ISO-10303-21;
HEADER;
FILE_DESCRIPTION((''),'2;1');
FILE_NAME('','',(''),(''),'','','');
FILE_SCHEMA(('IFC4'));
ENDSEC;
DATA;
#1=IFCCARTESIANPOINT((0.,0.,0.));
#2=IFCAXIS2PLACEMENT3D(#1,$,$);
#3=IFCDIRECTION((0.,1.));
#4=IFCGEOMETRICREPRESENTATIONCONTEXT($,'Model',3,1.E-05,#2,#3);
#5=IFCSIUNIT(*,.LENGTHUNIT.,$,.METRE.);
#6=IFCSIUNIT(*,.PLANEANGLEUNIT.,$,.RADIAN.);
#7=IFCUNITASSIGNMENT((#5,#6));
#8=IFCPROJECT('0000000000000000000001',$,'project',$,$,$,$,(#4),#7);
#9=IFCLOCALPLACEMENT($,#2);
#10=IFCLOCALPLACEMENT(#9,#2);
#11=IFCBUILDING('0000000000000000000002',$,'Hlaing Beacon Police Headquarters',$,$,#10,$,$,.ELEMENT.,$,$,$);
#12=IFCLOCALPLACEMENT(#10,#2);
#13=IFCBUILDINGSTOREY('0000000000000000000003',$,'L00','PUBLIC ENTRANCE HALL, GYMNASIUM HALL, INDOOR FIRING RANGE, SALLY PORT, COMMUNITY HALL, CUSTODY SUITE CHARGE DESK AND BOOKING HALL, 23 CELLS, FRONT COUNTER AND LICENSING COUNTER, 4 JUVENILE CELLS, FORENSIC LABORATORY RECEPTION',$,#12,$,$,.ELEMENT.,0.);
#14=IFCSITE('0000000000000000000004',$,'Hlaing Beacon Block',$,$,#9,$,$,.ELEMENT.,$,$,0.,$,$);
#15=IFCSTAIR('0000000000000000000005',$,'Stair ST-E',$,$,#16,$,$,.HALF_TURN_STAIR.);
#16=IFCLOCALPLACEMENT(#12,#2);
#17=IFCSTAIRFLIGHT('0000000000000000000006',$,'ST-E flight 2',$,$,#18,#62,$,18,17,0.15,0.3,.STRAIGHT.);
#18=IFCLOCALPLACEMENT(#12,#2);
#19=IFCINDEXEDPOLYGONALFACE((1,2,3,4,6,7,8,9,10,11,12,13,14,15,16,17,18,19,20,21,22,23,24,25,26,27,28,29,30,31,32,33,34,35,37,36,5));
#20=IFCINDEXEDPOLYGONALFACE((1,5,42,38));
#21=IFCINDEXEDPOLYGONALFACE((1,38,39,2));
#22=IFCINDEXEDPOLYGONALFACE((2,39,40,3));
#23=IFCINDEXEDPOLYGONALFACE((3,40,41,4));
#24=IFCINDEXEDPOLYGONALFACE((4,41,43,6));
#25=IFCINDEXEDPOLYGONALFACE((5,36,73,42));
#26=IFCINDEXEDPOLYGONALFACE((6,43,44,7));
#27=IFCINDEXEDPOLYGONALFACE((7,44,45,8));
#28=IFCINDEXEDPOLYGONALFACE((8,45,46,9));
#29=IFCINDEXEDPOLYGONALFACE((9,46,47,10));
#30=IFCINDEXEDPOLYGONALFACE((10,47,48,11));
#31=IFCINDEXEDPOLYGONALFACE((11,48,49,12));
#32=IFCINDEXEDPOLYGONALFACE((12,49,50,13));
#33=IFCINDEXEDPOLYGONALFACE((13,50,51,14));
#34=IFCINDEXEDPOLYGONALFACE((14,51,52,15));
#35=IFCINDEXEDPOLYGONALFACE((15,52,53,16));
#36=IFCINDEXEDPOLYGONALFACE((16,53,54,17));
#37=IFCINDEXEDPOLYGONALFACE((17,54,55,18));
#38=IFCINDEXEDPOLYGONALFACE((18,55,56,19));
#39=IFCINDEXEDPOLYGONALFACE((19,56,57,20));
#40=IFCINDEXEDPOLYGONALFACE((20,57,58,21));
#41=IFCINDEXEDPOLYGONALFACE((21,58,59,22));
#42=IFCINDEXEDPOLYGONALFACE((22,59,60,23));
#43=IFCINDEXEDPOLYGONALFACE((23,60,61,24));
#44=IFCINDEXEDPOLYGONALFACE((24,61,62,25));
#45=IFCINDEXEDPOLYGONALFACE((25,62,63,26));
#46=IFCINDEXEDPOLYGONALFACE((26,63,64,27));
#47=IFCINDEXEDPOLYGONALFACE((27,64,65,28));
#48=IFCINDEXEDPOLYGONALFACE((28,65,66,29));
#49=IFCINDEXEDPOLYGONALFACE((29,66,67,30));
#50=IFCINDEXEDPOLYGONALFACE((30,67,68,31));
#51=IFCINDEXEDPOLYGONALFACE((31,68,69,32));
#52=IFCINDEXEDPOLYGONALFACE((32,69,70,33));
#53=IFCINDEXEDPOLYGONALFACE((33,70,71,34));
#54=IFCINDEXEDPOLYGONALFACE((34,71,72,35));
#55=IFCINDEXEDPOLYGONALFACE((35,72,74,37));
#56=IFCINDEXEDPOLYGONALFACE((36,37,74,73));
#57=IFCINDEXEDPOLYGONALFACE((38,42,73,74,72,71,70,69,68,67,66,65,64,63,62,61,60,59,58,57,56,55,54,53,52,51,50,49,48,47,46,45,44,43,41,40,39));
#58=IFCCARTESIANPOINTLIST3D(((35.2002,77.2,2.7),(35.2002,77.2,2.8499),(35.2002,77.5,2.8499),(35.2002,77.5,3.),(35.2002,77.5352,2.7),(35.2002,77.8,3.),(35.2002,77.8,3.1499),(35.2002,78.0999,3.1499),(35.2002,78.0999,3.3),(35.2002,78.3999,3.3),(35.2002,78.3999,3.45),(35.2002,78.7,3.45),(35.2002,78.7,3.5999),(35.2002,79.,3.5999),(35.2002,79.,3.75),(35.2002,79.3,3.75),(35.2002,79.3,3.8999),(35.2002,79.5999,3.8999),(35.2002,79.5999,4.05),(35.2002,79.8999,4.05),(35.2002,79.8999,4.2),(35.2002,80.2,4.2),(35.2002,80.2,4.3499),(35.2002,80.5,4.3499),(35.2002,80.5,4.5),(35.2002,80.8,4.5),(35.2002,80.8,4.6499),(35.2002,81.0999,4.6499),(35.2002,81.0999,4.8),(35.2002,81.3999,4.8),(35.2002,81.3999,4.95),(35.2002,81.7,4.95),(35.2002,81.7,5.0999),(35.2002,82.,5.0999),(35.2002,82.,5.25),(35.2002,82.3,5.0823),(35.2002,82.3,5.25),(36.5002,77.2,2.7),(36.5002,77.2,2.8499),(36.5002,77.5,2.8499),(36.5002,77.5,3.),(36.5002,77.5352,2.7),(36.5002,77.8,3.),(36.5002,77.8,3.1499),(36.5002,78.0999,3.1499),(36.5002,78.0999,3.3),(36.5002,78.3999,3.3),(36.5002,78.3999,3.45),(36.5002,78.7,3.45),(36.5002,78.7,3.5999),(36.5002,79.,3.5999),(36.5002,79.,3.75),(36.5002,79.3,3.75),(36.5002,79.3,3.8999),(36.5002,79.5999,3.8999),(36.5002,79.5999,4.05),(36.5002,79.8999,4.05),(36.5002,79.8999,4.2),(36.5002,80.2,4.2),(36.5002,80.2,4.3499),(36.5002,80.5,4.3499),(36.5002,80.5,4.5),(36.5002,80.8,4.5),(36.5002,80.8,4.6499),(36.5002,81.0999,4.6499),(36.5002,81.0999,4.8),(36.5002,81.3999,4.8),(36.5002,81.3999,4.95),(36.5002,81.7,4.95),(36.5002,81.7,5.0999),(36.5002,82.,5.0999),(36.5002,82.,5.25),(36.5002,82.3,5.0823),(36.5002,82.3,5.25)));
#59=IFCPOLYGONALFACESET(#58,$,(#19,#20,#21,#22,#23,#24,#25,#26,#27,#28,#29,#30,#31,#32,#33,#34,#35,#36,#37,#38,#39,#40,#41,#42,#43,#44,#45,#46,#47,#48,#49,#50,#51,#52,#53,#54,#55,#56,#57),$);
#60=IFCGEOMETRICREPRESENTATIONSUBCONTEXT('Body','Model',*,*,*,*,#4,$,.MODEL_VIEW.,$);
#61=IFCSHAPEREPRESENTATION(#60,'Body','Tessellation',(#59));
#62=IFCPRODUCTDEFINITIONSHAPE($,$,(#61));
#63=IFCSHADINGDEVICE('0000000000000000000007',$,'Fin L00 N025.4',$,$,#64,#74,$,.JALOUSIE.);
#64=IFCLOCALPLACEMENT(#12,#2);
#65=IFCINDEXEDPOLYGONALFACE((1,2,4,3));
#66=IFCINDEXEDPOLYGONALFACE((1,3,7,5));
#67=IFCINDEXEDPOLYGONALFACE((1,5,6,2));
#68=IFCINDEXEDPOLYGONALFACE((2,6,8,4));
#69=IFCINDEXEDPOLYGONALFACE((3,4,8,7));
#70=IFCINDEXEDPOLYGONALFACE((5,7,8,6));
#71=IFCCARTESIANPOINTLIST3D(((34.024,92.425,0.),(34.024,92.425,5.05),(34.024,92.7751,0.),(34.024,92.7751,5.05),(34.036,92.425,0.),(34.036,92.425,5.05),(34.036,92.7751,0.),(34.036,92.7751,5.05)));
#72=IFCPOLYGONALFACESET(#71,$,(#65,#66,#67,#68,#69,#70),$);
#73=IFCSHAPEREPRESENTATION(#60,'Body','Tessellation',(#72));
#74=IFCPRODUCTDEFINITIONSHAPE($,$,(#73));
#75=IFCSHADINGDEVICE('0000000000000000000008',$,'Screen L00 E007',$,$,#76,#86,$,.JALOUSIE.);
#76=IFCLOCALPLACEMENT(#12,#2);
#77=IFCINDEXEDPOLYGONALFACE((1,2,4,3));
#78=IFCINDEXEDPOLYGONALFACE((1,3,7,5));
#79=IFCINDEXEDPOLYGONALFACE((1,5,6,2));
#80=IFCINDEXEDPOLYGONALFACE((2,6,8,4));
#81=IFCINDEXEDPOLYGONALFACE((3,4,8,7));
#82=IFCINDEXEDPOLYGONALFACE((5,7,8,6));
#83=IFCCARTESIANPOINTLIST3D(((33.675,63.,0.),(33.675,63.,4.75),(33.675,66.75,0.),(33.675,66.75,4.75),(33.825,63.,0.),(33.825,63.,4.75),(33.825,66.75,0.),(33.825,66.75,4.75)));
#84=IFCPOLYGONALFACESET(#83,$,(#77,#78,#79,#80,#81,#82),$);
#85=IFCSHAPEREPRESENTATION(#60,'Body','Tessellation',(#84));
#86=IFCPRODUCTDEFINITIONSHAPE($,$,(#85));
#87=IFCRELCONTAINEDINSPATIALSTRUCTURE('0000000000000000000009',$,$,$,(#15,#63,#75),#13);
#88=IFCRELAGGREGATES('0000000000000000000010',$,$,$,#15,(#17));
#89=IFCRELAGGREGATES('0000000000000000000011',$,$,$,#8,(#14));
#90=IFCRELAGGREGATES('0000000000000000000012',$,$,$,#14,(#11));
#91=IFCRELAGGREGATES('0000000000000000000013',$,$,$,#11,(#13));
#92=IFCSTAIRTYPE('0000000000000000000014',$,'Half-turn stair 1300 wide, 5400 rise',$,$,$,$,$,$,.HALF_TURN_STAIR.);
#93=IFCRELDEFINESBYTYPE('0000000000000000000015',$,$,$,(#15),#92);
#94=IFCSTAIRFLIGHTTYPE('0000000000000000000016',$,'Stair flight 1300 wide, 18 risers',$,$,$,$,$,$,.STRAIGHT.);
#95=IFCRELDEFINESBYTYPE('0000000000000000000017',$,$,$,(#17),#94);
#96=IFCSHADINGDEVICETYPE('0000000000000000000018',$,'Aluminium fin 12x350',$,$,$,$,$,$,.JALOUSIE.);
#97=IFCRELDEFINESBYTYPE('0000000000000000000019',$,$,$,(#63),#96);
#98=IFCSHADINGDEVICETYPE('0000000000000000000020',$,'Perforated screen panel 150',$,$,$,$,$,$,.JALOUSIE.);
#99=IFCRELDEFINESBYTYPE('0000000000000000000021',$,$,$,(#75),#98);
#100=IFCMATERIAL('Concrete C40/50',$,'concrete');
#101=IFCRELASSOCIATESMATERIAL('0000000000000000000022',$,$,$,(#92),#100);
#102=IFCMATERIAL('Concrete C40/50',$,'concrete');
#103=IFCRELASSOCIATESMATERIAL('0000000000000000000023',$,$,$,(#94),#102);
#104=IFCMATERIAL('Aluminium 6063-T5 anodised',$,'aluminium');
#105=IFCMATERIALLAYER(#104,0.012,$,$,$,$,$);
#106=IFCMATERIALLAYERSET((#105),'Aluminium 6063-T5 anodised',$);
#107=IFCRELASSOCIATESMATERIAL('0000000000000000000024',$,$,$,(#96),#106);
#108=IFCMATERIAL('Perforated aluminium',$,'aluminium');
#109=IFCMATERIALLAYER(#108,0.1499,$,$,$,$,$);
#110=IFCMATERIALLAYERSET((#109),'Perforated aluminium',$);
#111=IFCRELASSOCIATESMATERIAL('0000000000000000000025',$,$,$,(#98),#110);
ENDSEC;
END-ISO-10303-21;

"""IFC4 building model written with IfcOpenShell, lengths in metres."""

from ifc_helpers import new_model, si_unit, direction, frame, origin, origin_2d, place, context, subcontext, project, spatial, polyline, rectangle, outline, extrude, material, layer, layer_set, type_object, element, aggregate, save


model = new_model("IFC4")

# Units and contexts
model_context = context("Model", 3, precision=1e-05, world=origin(), true_north=direction((0.0, 1.0)))
body_context = subcontext(model_context, "Body", "Model", "MODEL_VIEW")
ifc_project = project(units=[si_unit("LENGTHUNIT", "METRE"), si_unit("PLANEANGLEUNIT", "RADIAN")], contexts=[model_context])

# Site, building, storey
site_placement = place(None, origin())
site = spatial("IfcSite", under=ifc_project, at=site_placement, Name="Hlaing Beacon Block", CompositionType="ELEMENT", RefElevation=0.0)
building_placement = place(site_placement, origin())
building = spatial("IfcBuilding", under=site, at=building_placement, Name="Hlaing Beacon Police Headquarters", CompositionType="ELEMENT")
storey_placement = place(building_placement, origin())
storey = spatial("IfcBuildingStorey", under=building, at=storey_placement, Name="L00", Description="PUBLIC ENTRANCE HALL, GYMNASIUM HALL, INDOOR FIRING RANGE, SALLY PORT, COMMUNITY HALL, CUSTODY SUITE CHARGE DESK AND BOOKING HALL, 23 CELLS, FRONT COUNTER AND LICENSING COUNTER, 4 JUVENILE CELLS, FORENSIC LABORATORY RECEPTION", CompositionType="ELEMENT", Elevation=0.0)

# Stair, stair flight
ifc_material_1 = material(Name="Concrete C40/50", Category="concrete")
stair_type = type_object("IfcStairType", Name="Half-turn stair 1300 wide, 5400 rise", PredefinedType="HALF_TURN_STAIR", material=ifc_material_1)
stair_placement = place(storey_placement, origin())
stair = element("IfcStair", 1, at=stair_placement, inside=storey, type_object=stair_type, Name="Stair ST-E", PredefinedType="HALF_TURN_STAIR")
ifc_material_2 = material(Name="Concrete C40/50", Category="concrete")
stair_flight_type = type_object("IfcStairFlightType", Name="Stair flight 1300 wide, 18 risers", PredefinedType="STRAIGHT", material=ifc_material_2)
stair_flight_1_placement = place(storey_placement, frame((35.8501, 77.2, 2.7), z_axis=(0.0, 0.0, 1.0), x_axis=(0.0, 1.0, 0.0)))
stair_flight_1 = element("IfcStairFlight", 2, at=stair_flight_1_placement, type_object=stair_flight_type, Name="ST-E flight 2", NumberOfRisers=18, NumberOfTreads=17, PredefinedType="STRAIGHT", RiserHeight=0.15, TreadLength=0.3, context=body_context, shape_type="SweptSolid", body=[
    extrude(outline(polyline([(0.0, 0.0), (0.0, 0.1499), (0.3, 0.1499), (0.3, 0.3), (0.6001, 0.3), (0.6001, 0.45), (0.8999, 0.45), (0.8999, 0.6001), (1.2, 0.6001), (1.2, 0.75), (1.5, 0.75), (1.5, 0.8999), (1.8, 0.8999), (1.8, 1.05), (2.1001, 1.05), (2.1001, 1.2), (2.3999, 1.2), (2.3999, 1.3501), (2.7, 1.3501), (2.7, 1.5), (3.0, 1.5), (3.0, 1.6499), (3.3, 1.6499), (3.3, 1.8), (3.6001, 1.8), (3.6001, 1.95), (3.8999, 1.95), (3.8999, 2.1001), (4.2, 2.1001), (4.2, 2.25), (4.5, 2.25), (4.5, 2.3999), (4.8, 2.3999), (4.8, 2.55), (5.1001, 2.55), (5.1001, 2.7), (5.1001, 2.3823), (0.3352, 0.0), (0.0, 0.0)])), frame((0.0, 0.6499, 0.0), z_axis=(0.0, -1.0, 0.0), x_axis=(1.0, 0.0, 0.0)), (0.0, 0.0, 1.0), 1.3),
])
aggregate(stair, [stair_flight_1])

# Shading devices
ifc_material_3 = material(Name="Aluminium 6063-T5 anodised", Category="aluminium")
ifc_layer_1 = layer(ifc_material_3, 0.012)
ifc_layer_set_1 = layer_set([ifc_layer_1], Name="Aluminium 6063-T5 anodised")
shading_device_type_1 = type_object("IfcShadingDeviceType", Name="Aluminium fin 12x350", PredefinedType="JALOUSIE", material=ifc_layer_set_1)
shading_device_1_placement = place(storey_placement, frame((34.03, 92.6001, 0.0), z_axis=(0.0, 0.0, 1.0), x_axis=(-1.0, 0.0, 0.0)))
element("IfcShadingDevice", 3, at=shading_device_1_placement, inside=storey, type_object=shading_device_type_1, Name="Fin L00 N025.4", PredefinedType="JALOUSIE", context=body_context, shape_type="SweptSolid", body=[
    extrude(rectangle(XDim=0.012, YDim=0.3501, at=origin_2d()), origin(), (0.0, 0.0, 1.0), 5.05),
])
ifc_material_4 = material(Name="Perforated aluminium", Category="aluminium")
ifc_layer_2 = layer(ifc_material_4, 0.1499)
ifc_layer_set_2 = layer_set([ifc_layer_2], Name="Perforated aluminium")
shading_device_type_2 = type_object("IfcShadingDeviceType", Name="Perforated screen panel 150", PredefinedType="JALOUSIE", material=ifc_layer_set_2)
shading_device_2_placement = place(storey_placement, frame((33.75, 64.875, 0.0), z_axis=(0.0, 0.0, 1.0), x_axis=(0.0, 1.0, 0.0)))
element("IfcShadingDevice", 4, at=shading_device_2_placement, inside=storey, type_object=shading_device_type_2, Name="Screen L00 E007", PredefinedType="JALOUSIE", context=body_context, shape_type="SweptSolid", body=[
    extrude(rectangle(XDim=3.75, YDim=0.1499, at=origin_2d()), origin(), (0.0, 0.0, 1.0), 4.75),
])

save(model, "model.ifc")
